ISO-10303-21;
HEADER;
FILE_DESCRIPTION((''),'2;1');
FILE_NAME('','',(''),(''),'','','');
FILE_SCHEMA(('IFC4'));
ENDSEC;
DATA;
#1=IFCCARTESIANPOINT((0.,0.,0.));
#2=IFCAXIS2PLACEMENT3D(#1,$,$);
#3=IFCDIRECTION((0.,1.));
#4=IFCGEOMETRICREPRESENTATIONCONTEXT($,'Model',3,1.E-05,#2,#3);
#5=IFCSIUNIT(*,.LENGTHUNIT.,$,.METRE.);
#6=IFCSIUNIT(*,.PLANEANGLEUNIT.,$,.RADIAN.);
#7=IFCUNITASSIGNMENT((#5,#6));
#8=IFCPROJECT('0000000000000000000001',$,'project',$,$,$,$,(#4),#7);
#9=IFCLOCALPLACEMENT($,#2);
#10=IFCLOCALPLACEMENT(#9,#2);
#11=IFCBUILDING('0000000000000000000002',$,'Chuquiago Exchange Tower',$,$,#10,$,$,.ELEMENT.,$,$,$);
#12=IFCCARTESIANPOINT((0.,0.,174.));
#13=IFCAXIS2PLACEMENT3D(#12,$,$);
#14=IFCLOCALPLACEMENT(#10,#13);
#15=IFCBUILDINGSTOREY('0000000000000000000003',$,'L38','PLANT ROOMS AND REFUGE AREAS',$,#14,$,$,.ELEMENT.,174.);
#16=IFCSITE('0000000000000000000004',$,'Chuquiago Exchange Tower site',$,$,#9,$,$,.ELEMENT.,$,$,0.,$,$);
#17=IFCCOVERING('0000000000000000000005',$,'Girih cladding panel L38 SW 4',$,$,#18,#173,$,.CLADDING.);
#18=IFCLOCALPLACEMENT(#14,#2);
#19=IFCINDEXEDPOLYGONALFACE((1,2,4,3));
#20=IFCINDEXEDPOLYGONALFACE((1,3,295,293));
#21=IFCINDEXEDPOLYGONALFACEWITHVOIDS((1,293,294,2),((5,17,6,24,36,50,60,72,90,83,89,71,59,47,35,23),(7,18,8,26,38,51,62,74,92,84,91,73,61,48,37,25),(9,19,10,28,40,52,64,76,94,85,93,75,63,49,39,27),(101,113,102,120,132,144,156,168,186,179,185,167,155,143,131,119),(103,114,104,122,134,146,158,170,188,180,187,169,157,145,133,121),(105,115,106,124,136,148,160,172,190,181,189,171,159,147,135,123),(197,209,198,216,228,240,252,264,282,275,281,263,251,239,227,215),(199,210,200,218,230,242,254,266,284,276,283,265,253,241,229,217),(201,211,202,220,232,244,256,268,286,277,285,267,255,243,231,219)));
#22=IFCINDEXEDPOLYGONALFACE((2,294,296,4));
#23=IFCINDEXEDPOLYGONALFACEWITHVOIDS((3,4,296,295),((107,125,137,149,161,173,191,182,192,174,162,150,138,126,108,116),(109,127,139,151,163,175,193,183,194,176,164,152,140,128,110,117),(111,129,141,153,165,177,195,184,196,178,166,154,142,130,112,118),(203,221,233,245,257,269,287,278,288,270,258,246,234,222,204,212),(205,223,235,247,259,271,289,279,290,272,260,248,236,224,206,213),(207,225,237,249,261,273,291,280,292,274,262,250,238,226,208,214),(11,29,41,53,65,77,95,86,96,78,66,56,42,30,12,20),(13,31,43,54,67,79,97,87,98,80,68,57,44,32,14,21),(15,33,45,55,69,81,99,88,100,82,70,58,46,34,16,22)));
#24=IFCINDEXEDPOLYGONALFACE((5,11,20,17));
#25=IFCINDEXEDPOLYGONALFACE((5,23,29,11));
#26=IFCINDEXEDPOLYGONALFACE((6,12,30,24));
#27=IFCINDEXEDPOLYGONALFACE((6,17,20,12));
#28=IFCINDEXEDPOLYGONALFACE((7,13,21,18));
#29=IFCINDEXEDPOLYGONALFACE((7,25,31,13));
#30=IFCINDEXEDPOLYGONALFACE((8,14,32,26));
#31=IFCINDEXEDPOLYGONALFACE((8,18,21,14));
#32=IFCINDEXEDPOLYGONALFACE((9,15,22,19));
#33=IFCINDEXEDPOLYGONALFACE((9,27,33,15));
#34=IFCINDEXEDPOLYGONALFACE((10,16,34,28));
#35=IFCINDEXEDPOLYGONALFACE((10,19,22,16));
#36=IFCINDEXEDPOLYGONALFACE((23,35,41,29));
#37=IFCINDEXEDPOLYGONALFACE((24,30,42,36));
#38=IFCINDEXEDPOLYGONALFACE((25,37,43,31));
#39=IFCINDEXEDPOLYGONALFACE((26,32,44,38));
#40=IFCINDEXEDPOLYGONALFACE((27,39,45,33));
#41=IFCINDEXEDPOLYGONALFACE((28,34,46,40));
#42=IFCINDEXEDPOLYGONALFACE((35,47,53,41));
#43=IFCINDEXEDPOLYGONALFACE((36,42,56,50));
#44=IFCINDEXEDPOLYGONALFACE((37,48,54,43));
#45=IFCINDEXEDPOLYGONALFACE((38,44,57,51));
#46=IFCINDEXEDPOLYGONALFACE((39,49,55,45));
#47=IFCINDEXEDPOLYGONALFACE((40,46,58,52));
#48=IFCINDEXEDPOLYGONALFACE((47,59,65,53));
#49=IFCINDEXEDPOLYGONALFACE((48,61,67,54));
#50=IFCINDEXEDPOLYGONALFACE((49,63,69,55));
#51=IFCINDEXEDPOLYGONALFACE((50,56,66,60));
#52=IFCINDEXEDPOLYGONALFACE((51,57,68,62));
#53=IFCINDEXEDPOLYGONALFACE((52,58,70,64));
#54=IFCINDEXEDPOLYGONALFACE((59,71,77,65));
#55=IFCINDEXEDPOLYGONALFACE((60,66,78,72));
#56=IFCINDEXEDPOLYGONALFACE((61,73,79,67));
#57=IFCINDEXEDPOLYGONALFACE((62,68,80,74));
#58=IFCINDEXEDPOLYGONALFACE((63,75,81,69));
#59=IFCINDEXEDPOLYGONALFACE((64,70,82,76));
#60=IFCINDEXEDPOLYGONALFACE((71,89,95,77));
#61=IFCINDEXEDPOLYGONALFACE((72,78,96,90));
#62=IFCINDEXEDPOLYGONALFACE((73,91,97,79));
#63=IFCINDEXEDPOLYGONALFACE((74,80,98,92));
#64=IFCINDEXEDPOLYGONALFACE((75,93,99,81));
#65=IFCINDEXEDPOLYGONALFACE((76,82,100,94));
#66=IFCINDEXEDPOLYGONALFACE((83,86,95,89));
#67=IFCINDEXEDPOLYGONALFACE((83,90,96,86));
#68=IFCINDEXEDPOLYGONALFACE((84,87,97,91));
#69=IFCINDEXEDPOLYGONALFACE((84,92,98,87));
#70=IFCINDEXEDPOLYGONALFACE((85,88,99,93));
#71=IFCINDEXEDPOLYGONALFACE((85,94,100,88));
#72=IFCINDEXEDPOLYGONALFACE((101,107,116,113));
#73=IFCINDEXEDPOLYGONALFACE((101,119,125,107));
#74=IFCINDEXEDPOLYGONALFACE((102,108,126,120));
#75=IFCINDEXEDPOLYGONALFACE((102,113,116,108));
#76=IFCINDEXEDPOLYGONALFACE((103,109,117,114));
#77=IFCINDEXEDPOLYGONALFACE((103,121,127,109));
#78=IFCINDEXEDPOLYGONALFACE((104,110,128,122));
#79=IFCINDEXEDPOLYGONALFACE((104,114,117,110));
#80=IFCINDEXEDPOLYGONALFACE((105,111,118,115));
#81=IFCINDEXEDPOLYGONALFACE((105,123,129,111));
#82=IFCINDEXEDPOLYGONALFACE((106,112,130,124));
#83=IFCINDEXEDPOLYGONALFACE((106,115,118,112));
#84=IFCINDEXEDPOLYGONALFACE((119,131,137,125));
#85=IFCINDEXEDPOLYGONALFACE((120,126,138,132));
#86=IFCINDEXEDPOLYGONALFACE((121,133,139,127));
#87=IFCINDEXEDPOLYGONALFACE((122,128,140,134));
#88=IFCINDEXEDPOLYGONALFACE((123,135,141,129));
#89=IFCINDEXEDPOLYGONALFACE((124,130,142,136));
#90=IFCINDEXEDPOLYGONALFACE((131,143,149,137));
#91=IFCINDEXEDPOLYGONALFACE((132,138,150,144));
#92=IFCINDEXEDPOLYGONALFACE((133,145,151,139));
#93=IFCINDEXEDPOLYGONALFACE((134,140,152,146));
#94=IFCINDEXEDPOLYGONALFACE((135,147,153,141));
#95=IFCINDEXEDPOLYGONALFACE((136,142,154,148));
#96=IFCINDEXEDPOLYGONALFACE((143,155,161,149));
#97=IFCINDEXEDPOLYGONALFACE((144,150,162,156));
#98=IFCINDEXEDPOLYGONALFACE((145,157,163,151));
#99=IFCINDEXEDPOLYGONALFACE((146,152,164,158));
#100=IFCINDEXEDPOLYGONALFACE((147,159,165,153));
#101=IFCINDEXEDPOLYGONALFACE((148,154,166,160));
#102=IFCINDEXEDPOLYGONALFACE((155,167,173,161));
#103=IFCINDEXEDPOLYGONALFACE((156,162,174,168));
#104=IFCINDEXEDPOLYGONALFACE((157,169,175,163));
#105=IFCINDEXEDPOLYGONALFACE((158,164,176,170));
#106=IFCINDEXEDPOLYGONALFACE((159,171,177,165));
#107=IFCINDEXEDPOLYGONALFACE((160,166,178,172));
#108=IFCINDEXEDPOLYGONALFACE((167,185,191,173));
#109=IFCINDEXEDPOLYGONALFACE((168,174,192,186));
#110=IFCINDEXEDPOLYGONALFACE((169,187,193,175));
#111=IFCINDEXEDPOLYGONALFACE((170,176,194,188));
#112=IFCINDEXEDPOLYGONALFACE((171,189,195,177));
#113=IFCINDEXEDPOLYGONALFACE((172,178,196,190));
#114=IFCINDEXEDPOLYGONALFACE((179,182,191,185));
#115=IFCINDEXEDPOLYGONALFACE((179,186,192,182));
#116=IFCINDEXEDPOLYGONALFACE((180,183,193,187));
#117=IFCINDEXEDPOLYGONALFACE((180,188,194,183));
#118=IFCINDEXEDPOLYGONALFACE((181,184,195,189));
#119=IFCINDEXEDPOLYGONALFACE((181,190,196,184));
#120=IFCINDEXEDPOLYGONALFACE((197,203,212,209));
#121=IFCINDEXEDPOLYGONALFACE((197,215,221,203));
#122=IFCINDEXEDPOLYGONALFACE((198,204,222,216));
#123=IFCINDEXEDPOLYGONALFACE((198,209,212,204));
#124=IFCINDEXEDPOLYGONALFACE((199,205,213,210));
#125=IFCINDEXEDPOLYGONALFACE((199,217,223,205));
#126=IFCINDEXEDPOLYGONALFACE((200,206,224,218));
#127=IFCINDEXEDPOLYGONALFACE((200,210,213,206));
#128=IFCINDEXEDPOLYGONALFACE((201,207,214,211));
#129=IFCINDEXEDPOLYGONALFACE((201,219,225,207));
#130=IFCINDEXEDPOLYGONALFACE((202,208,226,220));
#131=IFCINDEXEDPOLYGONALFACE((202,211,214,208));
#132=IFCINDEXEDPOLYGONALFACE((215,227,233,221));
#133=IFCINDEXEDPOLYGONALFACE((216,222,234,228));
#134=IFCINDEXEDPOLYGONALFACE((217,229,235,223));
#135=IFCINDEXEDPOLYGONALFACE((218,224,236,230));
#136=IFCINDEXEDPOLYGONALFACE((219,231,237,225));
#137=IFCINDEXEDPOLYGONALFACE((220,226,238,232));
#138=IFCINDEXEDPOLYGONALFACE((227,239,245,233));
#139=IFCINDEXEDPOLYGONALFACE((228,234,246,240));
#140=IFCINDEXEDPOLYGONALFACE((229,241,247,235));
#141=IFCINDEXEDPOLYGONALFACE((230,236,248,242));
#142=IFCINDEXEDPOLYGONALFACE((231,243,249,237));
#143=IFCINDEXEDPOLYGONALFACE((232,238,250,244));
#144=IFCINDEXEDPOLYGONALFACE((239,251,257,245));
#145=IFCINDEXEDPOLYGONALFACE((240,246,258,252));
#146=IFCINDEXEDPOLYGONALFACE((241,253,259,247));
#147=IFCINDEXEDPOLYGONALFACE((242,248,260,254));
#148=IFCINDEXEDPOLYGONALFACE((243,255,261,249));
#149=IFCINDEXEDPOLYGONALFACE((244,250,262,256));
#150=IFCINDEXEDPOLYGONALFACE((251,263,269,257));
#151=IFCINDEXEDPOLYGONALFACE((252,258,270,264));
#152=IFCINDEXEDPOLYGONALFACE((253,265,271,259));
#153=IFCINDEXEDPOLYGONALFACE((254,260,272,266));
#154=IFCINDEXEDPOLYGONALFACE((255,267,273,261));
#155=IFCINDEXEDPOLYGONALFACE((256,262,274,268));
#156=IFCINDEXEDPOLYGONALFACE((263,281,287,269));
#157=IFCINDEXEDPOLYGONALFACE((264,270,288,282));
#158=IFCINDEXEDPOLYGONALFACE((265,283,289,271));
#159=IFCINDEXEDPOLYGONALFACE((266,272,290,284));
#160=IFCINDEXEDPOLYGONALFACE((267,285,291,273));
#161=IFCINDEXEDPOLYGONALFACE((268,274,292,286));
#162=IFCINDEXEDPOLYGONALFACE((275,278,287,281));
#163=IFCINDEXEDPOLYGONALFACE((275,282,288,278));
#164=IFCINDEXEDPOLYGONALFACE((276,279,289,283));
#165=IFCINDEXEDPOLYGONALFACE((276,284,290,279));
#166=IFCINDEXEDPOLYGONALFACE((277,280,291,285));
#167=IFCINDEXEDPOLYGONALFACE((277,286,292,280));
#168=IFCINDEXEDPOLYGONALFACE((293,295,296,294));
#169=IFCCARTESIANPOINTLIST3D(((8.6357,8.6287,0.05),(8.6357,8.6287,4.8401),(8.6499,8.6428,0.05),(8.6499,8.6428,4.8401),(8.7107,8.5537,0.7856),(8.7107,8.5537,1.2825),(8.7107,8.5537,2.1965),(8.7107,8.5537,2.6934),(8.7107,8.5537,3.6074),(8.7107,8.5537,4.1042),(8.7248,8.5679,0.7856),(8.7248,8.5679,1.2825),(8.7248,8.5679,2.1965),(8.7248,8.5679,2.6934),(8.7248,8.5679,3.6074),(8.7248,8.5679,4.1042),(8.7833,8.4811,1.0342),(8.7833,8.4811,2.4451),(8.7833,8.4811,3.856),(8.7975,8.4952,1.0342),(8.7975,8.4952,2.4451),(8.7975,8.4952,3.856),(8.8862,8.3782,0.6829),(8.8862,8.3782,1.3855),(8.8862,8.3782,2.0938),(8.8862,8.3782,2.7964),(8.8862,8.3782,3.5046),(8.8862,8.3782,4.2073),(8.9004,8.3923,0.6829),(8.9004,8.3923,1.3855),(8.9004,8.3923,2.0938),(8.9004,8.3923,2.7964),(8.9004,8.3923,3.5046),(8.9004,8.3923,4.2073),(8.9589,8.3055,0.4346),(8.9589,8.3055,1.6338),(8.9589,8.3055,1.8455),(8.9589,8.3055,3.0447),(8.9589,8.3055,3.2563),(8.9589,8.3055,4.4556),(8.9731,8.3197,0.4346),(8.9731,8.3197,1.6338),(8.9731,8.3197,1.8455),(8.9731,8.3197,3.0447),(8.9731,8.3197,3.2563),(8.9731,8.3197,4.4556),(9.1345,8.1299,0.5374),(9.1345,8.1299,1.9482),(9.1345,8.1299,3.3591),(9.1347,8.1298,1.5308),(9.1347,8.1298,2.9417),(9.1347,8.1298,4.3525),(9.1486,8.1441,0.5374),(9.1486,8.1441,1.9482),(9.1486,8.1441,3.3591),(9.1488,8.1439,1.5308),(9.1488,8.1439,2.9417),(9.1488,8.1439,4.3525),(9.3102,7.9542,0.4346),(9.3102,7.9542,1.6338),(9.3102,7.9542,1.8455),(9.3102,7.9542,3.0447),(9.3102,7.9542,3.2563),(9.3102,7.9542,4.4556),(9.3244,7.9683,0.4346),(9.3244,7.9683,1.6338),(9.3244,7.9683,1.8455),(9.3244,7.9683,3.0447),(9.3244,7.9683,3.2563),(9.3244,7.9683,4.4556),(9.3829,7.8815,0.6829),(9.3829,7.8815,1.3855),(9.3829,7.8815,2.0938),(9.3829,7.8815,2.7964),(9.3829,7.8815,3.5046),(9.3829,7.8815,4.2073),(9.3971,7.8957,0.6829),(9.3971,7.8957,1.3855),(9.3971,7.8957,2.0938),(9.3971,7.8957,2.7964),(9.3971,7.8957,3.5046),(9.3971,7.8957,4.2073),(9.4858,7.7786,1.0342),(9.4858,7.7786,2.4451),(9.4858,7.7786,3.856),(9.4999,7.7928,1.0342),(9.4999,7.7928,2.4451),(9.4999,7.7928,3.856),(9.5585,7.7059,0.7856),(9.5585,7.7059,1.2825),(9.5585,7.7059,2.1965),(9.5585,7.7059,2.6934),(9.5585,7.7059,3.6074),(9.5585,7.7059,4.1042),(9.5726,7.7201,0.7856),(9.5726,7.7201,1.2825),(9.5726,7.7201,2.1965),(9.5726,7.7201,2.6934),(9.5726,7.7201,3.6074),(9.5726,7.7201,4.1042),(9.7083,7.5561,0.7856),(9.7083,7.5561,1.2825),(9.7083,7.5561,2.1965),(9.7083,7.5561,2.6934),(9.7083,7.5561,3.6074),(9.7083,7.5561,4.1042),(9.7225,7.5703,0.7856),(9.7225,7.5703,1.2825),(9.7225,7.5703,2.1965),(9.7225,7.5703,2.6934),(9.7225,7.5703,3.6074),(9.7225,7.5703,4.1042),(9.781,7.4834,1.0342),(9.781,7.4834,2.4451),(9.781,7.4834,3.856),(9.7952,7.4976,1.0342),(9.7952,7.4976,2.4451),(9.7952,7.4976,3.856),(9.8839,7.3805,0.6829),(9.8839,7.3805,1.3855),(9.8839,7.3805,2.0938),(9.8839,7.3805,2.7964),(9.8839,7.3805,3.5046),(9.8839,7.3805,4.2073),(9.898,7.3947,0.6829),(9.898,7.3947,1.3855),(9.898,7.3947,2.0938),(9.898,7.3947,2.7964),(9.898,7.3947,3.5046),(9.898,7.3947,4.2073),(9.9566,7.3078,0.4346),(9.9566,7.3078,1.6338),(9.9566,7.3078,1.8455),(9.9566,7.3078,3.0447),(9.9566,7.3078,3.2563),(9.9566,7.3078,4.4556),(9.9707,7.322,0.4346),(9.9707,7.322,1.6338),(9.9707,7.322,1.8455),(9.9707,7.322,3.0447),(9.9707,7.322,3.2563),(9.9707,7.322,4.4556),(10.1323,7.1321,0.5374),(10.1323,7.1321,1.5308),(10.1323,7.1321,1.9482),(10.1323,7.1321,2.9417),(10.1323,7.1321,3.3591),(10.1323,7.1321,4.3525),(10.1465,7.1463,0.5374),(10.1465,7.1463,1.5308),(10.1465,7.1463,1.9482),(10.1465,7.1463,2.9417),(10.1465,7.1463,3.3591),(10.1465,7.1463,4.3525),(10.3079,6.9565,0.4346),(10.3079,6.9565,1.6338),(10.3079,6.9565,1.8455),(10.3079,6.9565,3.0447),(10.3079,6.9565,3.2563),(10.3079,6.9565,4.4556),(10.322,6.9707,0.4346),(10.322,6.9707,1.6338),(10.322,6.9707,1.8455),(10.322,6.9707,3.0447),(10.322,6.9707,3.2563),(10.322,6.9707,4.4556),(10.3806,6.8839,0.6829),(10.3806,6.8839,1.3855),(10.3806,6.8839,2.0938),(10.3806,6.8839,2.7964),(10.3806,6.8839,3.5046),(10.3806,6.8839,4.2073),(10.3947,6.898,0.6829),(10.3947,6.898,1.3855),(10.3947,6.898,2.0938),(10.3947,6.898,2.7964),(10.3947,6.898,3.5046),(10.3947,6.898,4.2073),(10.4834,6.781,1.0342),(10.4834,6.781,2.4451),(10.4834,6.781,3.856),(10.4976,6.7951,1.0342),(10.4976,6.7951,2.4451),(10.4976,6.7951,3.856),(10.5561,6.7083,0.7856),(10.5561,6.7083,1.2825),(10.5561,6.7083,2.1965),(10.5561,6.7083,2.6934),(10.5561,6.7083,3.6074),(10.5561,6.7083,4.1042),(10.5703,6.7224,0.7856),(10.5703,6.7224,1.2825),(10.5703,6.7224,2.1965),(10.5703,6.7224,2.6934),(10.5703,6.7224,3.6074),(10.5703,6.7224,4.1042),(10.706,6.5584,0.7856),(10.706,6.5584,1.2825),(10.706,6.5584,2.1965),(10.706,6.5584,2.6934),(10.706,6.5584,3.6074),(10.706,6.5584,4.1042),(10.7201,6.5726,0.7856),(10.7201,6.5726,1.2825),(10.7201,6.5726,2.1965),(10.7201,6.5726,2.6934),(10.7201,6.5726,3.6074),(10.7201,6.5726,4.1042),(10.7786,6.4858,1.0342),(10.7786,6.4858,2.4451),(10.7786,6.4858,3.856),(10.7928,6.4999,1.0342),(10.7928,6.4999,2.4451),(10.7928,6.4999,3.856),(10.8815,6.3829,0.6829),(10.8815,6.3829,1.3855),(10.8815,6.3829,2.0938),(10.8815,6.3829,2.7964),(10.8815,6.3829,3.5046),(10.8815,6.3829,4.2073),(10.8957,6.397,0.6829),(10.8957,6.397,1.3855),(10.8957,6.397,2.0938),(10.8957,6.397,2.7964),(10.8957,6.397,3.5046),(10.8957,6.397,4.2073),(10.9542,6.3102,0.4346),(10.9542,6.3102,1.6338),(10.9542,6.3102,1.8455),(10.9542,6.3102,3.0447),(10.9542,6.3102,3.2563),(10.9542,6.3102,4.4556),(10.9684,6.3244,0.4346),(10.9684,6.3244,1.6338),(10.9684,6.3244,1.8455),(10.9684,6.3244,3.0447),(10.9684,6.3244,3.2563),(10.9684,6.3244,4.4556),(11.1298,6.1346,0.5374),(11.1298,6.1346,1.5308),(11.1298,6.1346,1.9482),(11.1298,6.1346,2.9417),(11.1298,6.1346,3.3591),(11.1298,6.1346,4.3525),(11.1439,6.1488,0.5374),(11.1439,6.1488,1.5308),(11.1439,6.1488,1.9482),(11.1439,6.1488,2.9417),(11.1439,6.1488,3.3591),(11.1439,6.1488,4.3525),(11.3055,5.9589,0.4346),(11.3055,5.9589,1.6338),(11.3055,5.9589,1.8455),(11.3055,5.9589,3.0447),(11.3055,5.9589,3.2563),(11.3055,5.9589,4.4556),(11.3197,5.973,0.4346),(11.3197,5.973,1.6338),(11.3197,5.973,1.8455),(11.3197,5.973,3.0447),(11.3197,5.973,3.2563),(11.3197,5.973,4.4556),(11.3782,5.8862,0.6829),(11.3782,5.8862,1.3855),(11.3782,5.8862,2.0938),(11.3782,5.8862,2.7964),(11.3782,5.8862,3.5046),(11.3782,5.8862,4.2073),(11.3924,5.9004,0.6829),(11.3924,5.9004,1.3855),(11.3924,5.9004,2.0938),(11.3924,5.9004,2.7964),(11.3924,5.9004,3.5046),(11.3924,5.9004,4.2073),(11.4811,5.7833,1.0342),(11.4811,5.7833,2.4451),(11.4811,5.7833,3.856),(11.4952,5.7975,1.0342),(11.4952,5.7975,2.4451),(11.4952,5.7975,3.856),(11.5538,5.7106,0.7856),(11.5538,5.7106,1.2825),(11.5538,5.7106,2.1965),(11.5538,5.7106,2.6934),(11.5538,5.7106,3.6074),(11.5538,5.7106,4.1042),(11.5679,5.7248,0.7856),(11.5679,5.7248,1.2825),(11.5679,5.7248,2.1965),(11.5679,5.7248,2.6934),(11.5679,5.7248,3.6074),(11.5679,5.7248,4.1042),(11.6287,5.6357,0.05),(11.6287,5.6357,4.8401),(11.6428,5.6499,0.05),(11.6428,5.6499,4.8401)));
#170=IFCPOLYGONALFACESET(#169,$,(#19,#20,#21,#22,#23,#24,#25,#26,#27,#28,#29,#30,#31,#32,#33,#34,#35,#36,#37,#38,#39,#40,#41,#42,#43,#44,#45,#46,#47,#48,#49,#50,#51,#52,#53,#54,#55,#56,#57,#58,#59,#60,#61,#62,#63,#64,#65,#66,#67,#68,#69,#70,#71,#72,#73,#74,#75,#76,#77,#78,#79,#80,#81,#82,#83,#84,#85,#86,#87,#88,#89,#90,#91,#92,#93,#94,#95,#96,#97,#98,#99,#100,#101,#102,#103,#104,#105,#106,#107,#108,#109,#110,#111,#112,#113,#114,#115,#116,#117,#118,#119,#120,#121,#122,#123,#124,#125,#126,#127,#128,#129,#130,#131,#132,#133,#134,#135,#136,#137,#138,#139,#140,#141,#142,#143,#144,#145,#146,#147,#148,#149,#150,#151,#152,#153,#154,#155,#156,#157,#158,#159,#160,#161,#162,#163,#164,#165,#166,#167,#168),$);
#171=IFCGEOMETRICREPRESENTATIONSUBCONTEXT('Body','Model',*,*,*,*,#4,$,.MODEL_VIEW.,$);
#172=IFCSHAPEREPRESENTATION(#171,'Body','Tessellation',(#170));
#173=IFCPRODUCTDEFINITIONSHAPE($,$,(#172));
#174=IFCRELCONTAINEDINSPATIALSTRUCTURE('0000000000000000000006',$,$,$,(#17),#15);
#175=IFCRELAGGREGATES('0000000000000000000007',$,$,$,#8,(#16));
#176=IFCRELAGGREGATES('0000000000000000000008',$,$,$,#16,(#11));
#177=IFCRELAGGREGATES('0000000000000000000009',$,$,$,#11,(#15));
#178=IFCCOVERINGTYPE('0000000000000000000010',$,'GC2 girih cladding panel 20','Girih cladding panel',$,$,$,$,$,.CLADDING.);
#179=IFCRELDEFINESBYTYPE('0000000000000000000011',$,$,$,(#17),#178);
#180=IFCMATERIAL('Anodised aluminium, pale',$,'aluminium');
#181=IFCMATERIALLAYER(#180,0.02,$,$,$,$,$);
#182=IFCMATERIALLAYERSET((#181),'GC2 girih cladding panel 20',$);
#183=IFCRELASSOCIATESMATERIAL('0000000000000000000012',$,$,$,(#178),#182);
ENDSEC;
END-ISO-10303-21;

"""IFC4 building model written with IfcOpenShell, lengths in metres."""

from ifc_helpers import new_model, si_unit, direction, frame, origin, place, context, subcontext, project, spatial, polyline, outline, extrude, material, layer, layer_set, type_object, element, save


model = new_model("IFC4")

# Units and contexts
model_context = context("Model", 3, precision=1e-05, world=origin(), true_north=direction((0.0, 1.0)))
body_context = subcontext(model_context, "Body", "Model", "MODEL_VIEW")
ifc_project = project(units=[si_unit("LENGTHUNIT", "METRE"), si_unit("PLANEANGLEUNIT", "RADIAN")], contexts=[model_context])

# Site, building, storey
site_placement = place(None, origin())
site = spatial("IfcSite", under=ifc_project, at=site_placement, Name="Chuquiago Exchange Tower site", CompositionType="ELEMENT", RefElevation=0.0)
building_placement = place(site_placement, origin())
building = spatial("IfcBuilding", under=site, at=building_placement, Name="Chuquiago Exchange Tower", CompositionType="ELEMENT")
storey_placement = place(building_placement, frame((0.0, 0.0, 174.0)))
storey = spatial("IfcBuildingStorey", under=building, at=storey_placement, Name="L38", Description="PLANT ROOMS AND REFUGE AREAS", CompositionType="ELEMENT", Elevation=174.0)

# Covering
ifc_material_1 = material(Name="Anodised aluminium, pale", Category="aluminium")
ifc_layer_1 = layer(ifc_material_1, 0.02)
ifc_layer_set_1 = layer_set([ifc_layer_1], Name="GC2 girih cladding panel 20")
covering_type = type_object("IfcCoveringType", Name="GC2 girih cladding panel 20", Description="Girih cladding panel", PredefinedType="CLADDING", material=ifc_layer_set_1)
covering_1_placement = place(storey_placement, frame((8.6499, 8.6428, 0.05), z_axis=(0.0, 0.0, 1.0), x_axis=(0.707107, -0.707107, 0.0)))
element("IfcCovering", 1, at=covering_1_placement, inside=storey, type_object=covering_type, Name="Girih cladding panel L38 SW 4", PredefinedType="CLADDING", context=body_context, shape_type="SweptSolid", body=[
    extrude(outline(polyline([(0.0, 0.0), (4.2327, 0.0), (4.2327, 4.79), (0.0, 4.79), (0.0, 0.0)]), holes=[polyline([(1.2021, 0.9841), (1.3049, 1.2324), (1.0566, 1.3354), (0.9539, 1.5837), (0.7056, 1.4807), (0.457, 1.5837), (0.3542, 1.3354), (0.106, 1.2324), (0.2087, 0.9841), (0.106, 0.7356), (0.3542, 0.6328), (0.457, 0.3845), (0.7053, 0.4873), (0.9539, 0.3845), (1.0566, 0.6328), (1.3049, 0.7356), (1.2021, 0.9841)]), polyline([(2.613, 0.9841), (2.7158, 1.2324), (2.4675, 1.3354), (2.3647, 1.5837), (2.1165, 1.4807), (1.8679, 1.5837), (1.7651, 1.3354), (1.5168, 1.2324), (1.6196, 0.9841), (1.5168, 0.7356), (1.7651, 0.6328), (1.8679, 0.3845), (2.1165, 0.4873), (2.3647, 0.3845), (2.4675, 0.6328), (2.7158, 0.7356), (2.613, 0.9841)]), polyline([(4.0239, 0.9841), (4.1267, 1.2324), (3.8784, 1.3354), (3.7756, 1.5837), (3.5271, 1.4807), (3.2788, 1.5837), (3.176, 1.3354), (2.9277, 1.2324), (3.0305, 0.9841), (2.9277, 0.7356), (3.176, 0.6328), (3.2788, 0.3845), (3.5271, 0.4873), (3.7756, 0.3845), (3.8784, 0.6328), (4.1267, 0.7356), (4.0239, 0.9841)]), polyline([(1.2021, 2.395), (1.3049, 2.6433), (1.0566, 2.7463), (0.9539, 2.9946), (0.7056, 2.8916), (0.457, 2.9946), (0.3542, 2.7463), (0.106, 2.6433), (0.2087, 2.395), (0.106, 2.1465), (0.3542, 2.0437), (0.457, 1.7954), (0.7053, 1.8982), (0.9539, 1.7954), (1.0566, 2.0437), (1.3049, 2.1465), (1.2021, 2.395)]), polyline([(2.613, 2.395), (2.7158, 2.6433), (2.4675, 2.7463), (2.3647, 2.9946), (2.1165, 2.8916), (1.8679, 2.9946), (1.7651, 2.7463), (1.5168, 2.6433), (1.6196, 2.395), (1.5168, 2.1465), (1.7651, 2.0437), (1.8679, 1.7954), (2.1165, 1.8982), (2.3647, 1.7954), (2.4675, 2.0437), (2.7158, 2.1465), (2.613, 2.395)]), polyline([(4.0239, 2.395), (4.1267, 2.6433), (3.8784, 2.7463), (3.7756, 2.9946), (3.5271, 2.8916), (3.2788, 2.9946), (3.176, 2.7463), (2.9277, 2.6433), (3.0305, 2.395), (2.9277, 2.1465), (3.176, 2.0437), (3.2788, 1.7954), (3.5271, 1.8982), (3.7756, 1.7954), (3.8784, 2.0437), (4.1267, 2.1465), (4.0239, 2.395)]), polyline([(1.2021, 3.8059), (1.3049, 4.0542), (1.0566, 4.1572), (0.9539, 4.4055), (0.7056, 4.3025), (0.457, 4.4055), (0.3542, 4.1572), (0.106, 4.0542), (0.2087, 3.8059), (0.106, 3.5574), (0.3542, 3.4546), (0.457, 3.2063), (0.7053, 3.3091), (0.9539, 3.2063), (1.0566, 3.4546), (1.3049, 3.5574), (1.2021, 3.8059)]), polyline([(2.613, 3.8059), (2.7158, 4.0542), (2.4675, 4.1572), (2.3647, 4.4055), (2.1165, 4.3025), (1.8679, 4.4055), (1.7651, 4.1572), (1.5168, 4.0542), (1.6196, 3.8059), (1.5168, 3.5574), (1.7651, 3.4546), (1.8679, 3.2063), (2.1165, 3.3091), (2.3647, 3.2063), (2.4675, 3.4546), (2.7158, 3.5574), (2.613, 3.8059)]), polyline([(4.0239, 3.8059), (4.1267, 4.0542), (3.8784, 4.1572), (3.7756, 4.4055), (3.5271, 4.3025), (3.2788, 4.4055), (3.176, 4.1572), (2.9277, 4.0542), (3.0305, 3.8059), (2.9277, 3.5574), (3.176, 3.4546), (3.2788, 3.2063), (3.5271, 3.3091), (3.7756, 3.2063), (3.8784, 3.4546), (4.1267, 3.5574), (4.0239, 3.8059)])]), frame((0.0, 0.0, 0.0), z_axis=(0.0, -1.0, 0.0), x_axis=(1.0, 0.0, 0.0)), (0.0, 0.0, 1.0), 0.02),
])

save(model, "model.ifc")
